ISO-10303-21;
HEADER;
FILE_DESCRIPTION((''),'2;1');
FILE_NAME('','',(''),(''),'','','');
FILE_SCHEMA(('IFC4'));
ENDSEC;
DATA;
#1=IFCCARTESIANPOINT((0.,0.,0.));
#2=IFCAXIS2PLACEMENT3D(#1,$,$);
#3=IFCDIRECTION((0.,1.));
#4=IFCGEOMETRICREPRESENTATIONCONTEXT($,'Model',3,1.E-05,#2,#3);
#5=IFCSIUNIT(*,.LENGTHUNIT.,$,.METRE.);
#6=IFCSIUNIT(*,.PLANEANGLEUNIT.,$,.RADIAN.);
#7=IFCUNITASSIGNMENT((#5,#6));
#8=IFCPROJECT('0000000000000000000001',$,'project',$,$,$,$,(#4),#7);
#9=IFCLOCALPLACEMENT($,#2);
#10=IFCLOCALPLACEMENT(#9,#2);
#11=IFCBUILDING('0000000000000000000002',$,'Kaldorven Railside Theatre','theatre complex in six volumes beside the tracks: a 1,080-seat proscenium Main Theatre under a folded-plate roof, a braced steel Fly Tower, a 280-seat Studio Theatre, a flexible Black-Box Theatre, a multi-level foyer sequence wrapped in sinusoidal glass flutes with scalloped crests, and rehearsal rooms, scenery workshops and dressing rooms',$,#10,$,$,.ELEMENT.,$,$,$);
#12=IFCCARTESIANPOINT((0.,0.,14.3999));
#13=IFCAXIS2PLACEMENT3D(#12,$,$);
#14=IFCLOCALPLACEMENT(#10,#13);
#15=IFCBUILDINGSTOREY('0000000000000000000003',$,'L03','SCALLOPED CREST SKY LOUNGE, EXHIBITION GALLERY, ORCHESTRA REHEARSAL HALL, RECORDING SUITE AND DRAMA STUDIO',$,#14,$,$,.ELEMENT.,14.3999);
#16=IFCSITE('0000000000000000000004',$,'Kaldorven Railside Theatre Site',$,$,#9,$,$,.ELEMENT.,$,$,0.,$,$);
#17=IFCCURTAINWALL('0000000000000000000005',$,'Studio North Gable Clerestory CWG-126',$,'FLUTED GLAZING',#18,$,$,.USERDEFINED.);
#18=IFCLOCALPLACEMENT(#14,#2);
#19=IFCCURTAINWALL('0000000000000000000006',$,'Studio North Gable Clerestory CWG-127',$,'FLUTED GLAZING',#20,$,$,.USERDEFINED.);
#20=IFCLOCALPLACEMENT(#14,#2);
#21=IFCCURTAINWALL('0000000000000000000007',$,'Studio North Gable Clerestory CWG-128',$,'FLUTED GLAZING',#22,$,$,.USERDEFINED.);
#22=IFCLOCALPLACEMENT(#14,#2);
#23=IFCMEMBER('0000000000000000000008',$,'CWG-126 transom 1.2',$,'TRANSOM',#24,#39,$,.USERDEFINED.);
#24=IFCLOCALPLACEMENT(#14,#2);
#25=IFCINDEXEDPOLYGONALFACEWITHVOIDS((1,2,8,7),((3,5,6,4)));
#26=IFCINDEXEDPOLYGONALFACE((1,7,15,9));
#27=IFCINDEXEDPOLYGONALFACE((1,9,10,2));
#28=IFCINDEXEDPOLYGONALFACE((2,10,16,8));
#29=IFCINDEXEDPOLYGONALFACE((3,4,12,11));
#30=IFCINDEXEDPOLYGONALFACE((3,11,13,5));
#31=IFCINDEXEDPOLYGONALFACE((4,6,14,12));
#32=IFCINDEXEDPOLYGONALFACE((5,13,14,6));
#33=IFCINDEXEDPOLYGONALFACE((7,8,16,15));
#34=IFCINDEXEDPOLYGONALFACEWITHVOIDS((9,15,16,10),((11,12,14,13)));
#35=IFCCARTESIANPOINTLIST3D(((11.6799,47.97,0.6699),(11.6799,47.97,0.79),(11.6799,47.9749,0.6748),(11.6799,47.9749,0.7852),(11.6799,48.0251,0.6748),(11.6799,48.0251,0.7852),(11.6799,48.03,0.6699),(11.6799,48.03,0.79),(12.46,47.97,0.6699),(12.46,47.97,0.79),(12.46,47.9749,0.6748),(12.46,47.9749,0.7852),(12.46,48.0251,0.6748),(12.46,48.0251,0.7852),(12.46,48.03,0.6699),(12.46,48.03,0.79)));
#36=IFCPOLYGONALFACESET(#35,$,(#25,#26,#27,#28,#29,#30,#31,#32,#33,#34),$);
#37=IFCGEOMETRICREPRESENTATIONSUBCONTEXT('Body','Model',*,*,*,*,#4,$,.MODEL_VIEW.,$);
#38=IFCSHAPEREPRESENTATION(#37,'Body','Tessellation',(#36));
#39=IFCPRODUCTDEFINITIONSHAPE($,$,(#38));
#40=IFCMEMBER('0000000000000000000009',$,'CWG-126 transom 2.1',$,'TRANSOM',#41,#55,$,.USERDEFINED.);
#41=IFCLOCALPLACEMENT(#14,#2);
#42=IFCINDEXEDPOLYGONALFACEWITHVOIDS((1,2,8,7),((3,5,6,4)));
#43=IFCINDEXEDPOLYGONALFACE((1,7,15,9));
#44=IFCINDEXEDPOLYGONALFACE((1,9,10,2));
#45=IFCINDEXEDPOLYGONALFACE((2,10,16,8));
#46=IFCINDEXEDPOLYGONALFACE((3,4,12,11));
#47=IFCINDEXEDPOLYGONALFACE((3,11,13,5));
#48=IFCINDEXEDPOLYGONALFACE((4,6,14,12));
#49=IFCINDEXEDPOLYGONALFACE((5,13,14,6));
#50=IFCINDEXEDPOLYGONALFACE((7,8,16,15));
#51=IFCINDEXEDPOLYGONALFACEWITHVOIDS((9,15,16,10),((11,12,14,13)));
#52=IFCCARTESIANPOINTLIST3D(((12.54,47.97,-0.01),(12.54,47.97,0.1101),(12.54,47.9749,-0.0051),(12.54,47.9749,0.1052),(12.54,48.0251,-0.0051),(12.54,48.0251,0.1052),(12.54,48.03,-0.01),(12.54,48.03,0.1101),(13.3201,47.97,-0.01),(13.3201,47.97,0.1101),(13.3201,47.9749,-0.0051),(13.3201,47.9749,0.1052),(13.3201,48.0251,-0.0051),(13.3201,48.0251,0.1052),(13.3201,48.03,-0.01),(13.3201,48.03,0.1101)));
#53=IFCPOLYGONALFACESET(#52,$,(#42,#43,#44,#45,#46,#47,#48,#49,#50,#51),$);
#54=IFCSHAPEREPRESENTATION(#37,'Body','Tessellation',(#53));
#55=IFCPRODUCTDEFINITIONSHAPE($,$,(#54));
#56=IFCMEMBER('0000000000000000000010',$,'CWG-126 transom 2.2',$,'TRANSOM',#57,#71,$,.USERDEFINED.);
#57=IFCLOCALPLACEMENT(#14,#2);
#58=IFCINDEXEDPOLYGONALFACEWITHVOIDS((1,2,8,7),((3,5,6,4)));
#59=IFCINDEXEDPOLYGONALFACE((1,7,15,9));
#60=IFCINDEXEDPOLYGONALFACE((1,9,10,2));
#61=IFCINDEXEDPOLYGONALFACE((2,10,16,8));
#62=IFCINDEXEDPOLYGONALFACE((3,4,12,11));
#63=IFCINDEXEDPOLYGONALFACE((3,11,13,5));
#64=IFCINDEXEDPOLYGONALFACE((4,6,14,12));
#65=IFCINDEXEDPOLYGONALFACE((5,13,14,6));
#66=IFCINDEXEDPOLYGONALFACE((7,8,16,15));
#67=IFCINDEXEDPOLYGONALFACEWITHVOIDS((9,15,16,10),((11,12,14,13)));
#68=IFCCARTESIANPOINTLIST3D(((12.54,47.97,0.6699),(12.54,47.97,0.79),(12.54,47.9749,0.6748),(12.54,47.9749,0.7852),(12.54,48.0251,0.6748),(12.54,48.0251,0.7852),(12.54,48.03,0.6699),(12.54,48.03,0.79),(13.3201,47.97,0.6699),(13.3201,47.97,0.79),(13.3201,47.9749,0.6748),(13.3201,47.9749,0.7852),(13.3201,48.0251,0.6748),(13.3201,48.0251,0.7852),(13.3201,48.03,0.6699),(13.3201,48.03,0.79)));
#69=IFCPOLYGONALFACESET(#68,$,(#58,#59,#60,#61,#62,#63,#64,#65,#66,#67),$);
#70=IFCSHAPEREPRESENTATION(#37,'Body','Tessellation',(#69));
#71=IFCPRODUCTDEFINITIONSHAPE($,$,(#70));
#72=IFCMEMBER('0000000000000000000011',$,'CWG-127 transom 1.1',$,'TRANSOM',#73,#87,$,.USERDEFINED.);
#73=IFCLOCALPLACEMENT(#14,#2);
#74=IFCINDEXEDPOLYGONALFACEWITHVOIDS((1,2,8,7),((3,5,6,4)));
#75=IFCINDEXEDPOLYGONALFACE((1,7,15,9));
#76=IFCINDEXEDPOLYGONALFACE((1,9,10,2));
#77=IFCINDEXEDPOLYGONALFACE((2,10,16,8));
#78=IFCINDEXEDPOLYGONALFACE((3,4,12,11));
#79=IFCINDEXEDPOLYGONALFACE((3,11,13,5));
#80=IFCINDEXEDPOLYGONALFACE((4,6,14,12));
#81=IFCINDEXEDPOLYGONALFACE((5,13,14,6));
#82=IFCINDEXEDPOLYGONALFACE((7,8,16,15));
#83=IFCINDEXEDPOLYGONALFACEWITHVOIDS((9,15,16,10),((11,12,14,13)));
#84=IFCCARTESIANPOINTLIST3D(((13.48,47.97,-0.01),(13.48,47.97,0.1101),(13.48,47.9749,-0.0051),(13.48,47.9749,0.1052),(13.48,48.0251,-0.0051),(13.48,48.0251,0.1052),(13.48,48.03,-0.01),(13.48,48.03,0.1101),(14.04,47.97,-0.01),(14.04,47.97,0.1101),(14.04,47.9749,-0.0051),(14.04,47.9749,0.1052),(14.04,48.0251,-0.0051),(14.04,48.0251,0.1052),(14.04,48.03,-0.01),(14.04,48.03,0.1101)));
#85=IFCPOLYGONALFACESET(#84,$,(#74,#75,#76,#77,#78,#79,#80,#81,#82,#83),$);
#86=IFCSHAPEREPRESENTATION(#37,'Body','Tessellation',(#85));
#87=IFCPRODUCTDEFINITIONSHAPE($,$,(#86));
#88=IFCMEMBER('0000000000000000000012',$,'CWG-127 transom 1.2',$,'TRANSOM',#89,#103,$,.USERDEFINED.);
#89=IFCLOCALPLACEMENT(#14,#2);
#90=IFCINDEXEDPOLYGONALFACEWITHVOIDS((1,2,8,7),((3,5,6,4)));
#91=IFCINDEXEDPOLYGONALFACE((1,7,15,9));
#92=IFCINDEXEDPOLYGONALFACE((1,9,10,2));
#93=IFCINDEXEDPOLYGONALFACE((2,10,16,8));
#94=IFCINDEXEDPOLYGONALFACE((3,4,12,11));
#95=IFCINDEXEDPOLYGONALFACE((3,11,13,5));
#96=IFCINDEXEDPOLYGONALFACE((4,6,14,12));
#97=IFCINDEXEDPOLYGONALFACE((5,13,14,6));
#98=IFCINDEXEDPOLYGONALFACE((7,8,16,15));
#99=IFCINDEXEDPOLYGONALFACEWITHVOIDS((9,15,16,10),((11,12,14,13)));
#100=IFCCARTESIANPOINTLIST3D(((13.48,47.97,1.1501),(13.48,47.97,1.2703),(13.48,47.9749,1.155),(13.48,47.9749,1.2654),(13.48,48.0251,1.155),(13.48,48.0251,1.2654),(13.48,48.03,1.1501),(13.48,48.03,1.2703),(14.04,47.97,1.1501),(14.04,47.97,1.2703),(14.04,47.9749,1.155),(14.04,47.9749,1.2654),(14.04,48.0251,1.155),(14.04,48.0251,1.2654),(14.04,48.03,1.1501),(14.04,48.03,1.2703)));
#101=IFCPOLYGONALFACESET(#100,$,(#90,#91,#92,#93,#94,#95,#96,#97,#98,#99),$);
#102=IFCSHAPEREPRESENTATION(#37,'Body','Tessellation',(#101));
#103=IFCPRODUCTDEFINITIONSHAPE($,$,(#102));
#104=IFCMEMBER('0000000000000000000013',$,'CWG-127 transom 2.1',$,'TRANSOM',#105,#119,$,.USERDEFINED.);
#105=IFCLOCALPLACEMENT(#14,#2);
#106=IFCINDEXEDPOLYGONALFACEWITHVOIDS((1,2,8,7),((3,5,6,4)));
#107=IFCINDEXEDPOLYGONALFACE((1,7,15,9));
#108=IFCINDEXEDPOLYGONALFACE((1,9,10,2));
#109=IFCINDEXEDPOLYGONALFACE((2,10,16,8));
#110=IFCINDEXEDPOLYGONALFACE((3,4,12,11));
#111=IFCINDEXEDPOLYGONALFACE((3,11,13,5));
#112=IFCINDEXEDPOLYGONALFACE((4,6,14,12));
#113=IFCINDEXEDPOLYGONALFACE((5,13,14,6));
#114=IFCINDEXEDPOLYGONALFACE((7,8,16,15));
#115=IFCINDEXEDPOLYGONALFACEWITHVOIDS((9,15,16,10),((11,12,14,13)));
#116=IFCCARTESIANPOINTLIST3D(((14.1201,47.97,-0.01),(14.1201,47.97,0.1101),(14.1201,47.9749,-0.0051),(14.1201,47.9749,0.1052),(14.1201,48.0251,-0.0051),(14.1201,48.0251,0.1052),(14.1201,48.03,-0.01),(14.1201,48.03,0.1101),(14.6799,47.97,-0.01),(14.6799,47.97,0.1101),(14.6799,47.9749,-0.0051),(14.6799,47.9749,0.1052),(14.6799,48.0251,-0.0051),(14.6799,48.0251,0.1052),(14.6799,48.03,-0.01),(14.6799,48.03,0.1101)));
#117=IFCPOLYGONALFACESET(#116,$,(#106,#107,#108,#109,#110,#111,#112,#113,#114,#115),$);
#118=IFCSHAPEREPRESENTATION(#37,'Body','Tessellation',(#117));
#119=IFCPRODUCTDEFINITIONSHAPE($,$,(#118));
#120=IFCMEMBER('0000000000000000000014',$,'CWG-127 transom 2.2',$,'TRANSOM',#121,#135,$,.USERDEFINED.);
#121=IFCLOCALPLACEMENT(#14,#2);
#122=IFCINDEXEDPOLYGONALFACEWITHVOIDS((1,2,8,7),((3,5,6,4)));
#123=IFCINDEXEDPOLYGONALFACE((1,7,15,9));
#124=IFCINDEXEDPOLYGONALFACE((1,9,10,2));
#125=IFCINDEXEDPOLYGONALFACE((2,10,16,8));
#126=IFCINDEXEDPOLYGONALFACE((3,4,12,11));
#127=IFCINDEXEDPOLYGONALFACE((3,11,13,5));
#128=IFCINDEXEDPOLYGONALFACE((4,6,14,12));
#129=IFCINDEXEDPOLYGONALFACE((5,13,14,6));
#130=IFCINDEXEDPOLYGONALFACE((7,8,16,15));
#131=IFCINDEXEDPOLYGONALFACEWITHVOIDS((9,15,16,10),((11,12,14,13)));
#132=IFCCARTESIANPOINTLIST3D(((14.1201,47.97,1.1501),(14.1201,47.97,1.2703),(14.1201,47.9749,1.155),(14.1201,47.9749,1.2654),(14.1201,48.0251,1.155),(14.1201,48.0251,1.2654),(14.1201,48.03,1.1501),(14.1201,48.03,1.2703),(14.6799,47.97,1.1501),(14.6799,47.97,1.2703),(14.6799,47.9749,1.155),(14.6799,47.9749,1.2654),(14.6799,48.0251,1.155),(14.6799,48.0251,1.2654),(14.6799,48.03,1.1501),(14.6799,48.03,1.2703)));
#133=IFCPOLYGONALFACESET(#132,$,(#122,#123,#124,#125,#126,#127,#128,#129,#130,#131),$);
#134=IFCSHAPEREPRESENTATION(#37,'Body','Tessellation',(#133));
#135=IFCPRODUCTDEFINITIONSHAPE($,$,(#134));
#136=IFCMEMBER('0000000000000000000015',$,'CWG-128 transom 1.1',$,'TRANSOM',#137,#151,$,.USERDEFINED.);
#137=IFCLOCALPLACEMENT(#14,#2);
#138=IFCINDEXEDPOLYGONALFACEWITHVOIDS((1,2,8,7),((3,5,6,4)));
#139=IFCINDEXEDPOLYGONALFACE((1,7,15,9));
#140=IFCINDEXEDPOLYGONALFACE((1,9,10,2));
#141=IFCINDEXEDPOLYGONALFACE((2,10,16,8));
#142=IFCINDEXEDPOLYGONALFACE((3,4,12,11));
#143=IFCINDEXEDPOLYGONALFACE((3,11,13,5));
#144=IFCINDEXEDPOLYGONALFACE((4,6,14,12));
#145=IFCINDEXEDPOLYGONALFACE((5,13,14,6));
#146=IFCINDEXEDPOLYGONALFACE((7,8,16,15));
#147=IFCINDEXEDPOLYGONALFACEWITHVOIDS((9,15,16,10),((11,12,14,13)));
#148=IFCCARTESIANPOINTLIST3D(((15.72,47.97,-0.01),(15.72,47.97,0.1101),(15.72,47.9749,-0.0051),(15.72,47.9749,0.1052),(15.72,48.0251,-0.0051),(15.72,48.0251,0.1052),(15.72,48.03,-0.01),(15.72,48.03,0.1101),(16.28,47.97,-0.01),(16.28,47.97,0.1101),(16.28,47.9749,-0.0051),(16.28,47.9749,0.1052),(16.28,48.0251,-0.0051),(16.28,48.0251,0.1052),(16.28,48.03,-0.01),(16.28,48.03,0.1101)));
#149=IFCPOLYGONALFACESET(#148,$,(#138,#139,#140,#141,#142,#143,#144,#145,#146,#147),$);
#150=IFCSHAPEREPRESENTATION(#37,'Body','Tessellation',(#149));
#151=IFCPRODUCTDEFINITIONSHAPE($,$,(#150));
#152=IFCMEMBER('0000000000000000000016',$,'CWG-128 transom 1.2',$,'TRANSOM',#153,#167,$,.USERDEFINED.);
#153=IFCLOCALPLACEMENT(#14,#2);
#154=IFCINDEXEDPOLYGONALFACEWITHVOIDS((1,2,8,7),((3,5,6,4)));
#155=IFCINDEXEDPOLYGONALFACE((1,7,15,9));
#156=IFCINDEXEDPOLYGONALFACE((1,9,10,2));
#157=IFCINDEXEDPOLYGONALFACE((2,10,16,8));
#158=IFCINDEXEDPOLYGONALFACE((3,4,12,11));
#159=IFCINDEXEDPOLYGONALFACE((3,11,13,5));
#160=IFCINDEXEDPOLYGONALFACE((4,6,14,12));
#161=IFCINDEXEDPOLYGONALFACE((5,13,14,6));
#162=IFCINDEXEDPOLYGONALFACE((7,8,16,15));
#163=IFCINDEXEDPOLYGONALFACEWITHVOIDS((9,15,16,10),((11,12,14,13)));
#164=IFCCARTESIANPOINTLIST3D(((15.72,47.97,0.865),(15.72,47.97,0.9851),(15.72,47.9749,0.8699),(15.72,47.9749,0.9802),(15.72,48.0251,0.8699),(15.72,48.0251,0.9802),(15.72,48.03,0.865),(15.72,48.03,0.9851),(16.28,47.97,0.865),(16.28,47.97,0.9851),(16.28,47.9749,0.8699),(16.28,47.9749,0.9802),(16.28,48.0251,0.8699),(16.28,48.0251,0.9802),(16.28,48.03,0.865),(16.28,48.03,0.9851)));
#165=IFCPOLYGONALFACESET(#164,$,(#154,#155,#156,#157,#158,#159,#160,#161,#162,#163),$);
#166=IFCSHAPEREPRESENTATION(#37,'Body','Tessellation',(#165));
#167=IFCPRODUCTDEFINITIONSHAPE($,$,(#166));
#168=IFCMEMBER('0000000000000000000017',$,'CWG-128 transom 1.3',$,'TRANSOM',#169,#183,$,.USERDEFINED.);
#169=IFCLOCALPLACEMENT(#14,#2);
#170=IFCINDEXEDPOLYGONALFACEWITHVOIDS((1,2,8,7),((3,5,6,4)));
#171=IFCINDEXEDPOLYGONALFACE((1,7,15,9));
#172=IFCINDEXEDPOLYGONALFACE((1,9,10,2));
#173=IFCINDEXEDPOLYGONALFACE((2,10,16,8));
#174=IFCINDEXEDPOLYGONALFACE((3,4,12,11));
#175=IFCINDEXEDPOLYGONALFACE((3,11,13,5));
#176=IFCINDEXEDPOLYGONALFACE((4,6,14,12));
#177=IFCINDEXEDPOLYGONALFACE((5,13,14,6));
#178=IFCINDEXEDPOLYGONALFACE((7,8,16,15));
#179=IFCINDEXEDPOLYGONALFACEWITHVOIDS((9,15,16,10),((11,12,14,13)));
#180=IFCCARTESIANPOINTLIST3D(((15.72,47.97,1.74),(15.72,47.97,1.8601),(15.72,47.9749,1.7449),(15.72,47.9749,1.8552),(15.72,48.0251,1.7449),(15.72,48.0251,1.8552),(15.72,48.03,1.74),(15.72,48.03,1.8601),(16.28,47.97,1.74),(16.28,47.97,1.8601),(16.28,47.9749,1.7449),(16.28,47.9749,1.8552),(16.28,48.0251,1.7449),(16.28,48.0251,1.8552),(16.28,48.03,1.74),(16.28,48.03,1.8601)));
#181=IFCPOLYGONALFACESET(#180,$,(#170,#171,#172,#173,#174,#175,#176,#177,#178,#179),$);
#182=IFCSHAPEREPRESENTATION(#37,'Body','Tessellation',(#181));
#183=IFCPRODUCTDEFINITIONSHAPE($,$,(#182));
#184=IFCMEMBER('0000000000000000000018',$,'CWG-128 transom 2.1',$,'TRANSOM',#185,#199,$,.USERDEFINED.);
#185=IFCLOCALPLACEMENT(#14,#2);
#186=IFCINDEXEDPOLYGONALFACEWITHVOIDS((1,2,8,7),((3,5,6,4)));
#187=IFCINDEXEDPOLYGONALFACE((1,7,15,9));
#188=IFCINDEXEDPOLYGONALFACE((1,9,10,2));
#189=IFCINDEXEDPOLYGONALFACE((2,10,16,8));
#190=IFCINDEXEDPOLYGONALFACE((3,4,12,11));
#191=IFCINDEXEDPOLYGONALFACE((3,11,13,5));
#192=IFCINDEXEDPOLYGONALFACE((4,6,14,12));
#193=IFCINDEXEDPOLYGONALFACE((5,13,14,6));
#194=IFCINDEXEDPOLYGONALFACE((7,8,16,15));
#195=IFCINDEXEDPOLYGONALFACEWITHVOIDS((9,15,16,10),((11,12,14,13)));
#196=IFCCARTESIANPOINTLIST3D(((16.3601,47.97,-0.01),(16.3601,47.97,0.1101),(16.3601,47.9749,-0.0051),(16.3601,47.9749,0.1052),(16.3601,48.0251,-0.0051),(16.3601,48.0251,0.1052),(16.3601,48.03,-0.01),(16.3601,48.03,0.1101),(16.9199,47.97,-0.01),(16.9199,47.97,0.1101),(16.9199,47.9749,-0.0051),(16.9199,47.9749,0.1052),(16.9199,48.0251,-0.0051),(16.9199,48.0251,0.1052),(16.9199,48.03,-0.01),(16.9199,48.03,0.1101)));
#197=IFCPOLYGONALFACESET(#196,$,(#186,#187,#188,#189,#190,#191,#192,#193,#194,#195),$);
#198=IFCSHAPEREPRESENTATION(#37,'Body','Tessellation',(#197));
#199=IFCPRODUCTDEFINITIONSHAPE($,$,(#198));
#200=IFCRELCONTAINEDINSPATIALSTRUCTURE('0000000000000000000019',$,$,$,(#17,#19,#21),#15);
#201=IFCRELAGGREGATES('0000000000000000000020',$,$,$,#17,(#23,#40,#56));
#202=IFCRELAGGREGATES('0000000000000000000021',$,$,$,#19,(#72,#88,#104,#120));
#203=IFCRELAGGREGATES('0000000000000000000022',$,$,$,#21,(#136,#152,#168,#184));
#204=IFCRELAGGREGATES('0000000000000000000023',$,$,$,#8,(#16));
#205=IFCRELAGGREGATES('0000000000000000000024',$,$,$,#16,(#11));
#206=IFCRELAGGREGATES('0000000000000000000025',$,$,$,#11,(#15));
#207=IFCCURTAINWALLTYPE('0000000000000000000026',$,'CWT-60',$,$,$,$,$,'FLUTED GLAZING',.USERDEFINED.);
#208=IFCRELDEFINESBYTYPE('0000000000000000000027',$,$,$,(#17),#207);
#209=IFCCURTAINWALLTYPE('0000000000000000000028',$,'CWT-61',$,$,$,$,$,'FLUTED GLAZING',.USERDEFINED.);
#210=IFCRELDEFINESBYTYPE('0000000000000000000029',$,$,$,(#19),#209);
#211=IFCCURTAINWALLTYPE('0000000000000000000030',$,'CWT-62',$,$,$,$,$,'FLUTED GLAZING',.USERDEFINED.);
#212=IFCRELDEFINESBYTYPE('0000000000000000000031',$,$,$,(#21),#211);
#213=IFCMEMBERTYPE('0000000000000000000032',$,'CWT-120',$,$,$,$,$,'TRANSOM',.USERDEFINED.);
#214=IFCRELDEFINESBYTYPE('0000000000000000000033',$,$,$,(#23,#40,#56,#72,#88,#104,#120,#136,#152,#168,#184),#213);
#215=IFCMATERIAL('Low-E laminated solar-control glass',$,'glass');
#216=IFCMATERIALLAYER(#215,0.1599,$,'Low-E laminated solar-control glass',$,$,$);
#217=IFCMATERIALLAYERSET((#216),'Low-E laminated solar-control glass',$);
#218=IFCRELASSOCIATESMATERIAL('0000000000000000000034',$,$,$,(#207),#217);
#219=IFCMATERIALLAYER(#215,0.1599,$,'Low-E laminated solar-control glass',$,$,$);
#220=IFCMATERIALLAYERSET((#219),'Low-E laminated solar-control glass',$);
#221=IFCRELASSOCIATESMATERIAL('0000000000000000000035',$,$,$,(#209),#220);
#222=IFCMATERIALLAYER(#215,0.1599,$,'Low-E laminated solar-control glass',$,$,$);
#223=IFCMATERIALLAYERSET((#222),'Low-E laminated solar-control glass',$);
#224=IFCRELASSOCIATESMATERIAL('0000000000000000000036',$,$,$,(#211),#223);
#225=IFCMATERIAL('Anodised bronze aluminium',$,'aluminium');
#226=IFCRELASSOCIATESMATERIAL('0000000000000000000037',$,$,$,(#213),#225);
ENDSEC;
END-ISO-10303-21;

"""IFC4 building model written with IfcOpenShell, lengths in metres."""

from ifc_helpers import new_model, si_unit, direction, frame, origin, origin_2d, place, context, subcontext, project, spatial, hollow_rectangle, extrude, material, layer, layer_set, material_profile, profile_set, type_object, element, aggregate, save


model = new_model("IFC4")

# Units and contexts
model_context = context("Model", 3, precision=1e-05, world=origin(), true_north=direction((0.0, 1.0)))
body_context = subcontext(model_context, "Body", "Model", "MODEL_VIEW")
ifc_project = project(units=[si_unit("LENGTHUNIT", "METRE"), si_unit("PLANEANGLEUNIT", "RADIAN")], contexts=[model_context])

# Site, building, storey
site_placement = place(None, origin())
site = spatial("IfcSite", under=ifc_project, at=site_placement, Name="Kaldorven Railside Theatre Site", CompositionType="ELEMENT", RefElevation=0.0)
building_placement = place(site_placement, origin())
building = spatial("IfcBuilding", under=site, at=building_placement, Name="Kaldorven Railside Theatre", Description="theatre complex in six volumes beside the tracks: a 1,080-seat proscenium Main Theatre under a folded-plate roof, a braced steel Fly Tower, a 280-seat Studio Theatre, a flexible Black-Box Theatre, a multi-level foyer sequence wrapped in sinusoidal glass flutes with scalloped crests, and rehearsal rooms, scenery workshops and dressing rooms", CompositionType="ELEMENT")
storey_placement = place(building_placement, frame((0.0, 0.0, 14.3999)))
storey = spatial("IfcBuildingStorey", under=building, at=storey_placement, Name="L03", Description="SCALLOPED CREST SKY LOUNGE, EXHIBITION GALLERY, ORCHESTRA REHEARSAL HALL, RECORDING SUITE AND DRAMA STUDIO", CompositionType="ELEMENT", Elevation=14.3999)

# Curtain walls
ifc_material_1 = material(Name="Low-E laminated solar-control glass", Category="glass")
ifc_layer_1 = layer(ifc_material_1, 0.1599, Name="Low-E laminated solar-control glass")
ifc_layer_set_1 = layer_set([ifc_layer_1], Name="Low-E laminated solar-control glass")
curtain_wall_type_1 = type_object("IfcCurtainWallType", Name="CWT-60", ElementType="FLUTED GLAZING", PredefinedType="USERDEFINED", material=ifc_layer_set_1)
curtain_wall_1_placement = place(storey_placement, origin())
curtain_wall_1 = element("IfcCurtainWall", 1, at=curtain_wall_1_placement, inside=storey, type_object=curtain_wall_type_1, Name="Studio North Gable Clerestory CWG-126", ObjectType="FLUTED GLAZING", PredefinedType="USERDEFINED")
ifc_material_2 = material(Name="Anodised bronze aluminium", Category="aluminium")
ifc_layer_2 = layer(ifc_material_1, 0.1599, Name="Low-E laminated solar-control glass")
ifc_layer_set_2 = layer_set([ifc_layer_2], Name="Low-E laminated solar-control glass")
curtain_wall_type_2 = type_object("IfcCurtainWallType", Name="CWT-61", ElementType="FLUTED GLAZING", PredefinedType="USERDEFINED", material=ifc_layer_set_2)
curtain_wall_2_placement = place(storey_placement, origin())
curtain_wall_2 = element("IfcCurtainWall", 2, at=curtain_wall_2_placement, inside=storey, type_object=curtain_wall_type_2, Name="Studio North Gable Clerestory CWG-127", ObjectType="FLUTED GLAZING", PredefinedType="USERDEFINED")
ifc_layer_3 = layer(ifc_material_1, 0.1599, Name="Low-E laminated solar-control glass")
ifc_layer_set_3 = layer_set([ifc_layer_3], Name="Low-E laminated solar-control glass")
curtain_wall_type_3 = type_object("IfcCurtainWallType", Name="CWT-62", ElementType="FLUTED GLAZING", PredefinedType="USERDEFINED", material=ifc_layer_set_3)
curtain_wall_3_placement = place(storey_placement, origin())
curtain_wall_3 = element("IfcCurtainWall", 3, at=curtain_wall_3_placement, inside=storey, type_object=curtain_wall_type_3, Name="Studio North Gable Clerestory CWG-128", ObjectType="FLUTED GLAZING", PredefinedType="USERDEFINED")

# Members
ifc_material_profile_1 = material_profile(ifc_material_2, hollow_rectangle(XDim=0.0601, YDim=0.1201, WallThickness=0.0049, at=origin_2d()), Name="RHS 120x60x5")
ifc_profile_set_1 = profile_set([ifc_material_profile_1], Name="Anodised bronze aluminium")
member_type_1 = type_object("IfcMemberType", Name="CWT-120", ElementType="TRANSOM", PredefinedType="USERDEFINED", material=ifc_profile_set_1)
member_1_placement = place(storey_placement, frame((11.6799, 48.0, 0.73), z_axis=(1.0, 0.0, 0.0), x_axis=(0.0, 1.0, 0.0)))
member_1 = element("IfcMember", 4, at=member_1_placement, type_object=member_type_1, Name="CWG-126 transom 1.2", ObjectType="TRANSOM", PredefinedType="USERDEFINED", context=body_context, shape_type="SweptSolid", body=[
    extrude(hollow_rectangle(XDim=0.0601, YDim=0.1201, WallThickness=0.0049, at=origin_2d()), origin(), (0.0, 0.0, 1.0), 0.78),
])
member_2_placement = place(storey_placement, frame((12.54, 48.0, 0.05), z_axis=(1.0, 0.0, 0.0), x_axis=(0.0, 1.0, 0.0)))
member_2 = element("IfcMember", 5, at=member_2_placement, type_object=member_type_1, Name="CWG-126 transom 2.1", ObjectType="TRANSOM", PredefinedType="USERDEFINED", context=body_context, shape_type="SweptSolid", body=[
    extrude(hollow_rectangle(XDim=0.0601, YDim=0.1201, WallThickness=0.0049, at=origin_2d()), origin(), (0.0, 0.0, 1.0), 0.78),
])
member_3_placement = place(storey_placement, frame((12.54, 48.0, 0.73), z_axis=(1.0, 0.0, 0.0), x_axis=(0.0, 1.0, 0.0)))
member_3 = element("IfcMember", 6, at=member_3_placement, type_object=member_type_1, Name="CWG-126 transom 2.2", ObjectType="TRANSOM", PredefinedType="USERDEFINED", context=body_context, shape_type="SweptSolid", body=[
    extrude(hollow_rectangle(XDim=0.0601, YDim=0.1201, WallThickness=0.0049, at=origin_2d()), origin(), (0.0, 0.0, 1.0), 0.78),
])
member_4_placement = place(storey_placement, frame((13.48, 48.0, 0.05), z_axis=(1.0, 0.0, 0.0), x_axis=(0.0, 1.0, 0.0)))
member_4 = element("IfcMember", 7, at=member_4_placement, type_object=member_type_1, Name="CWG-127 transom 1.1", ObjectType="TRANSOM", PredefinedType="USERDEFINED", context=body_context, shape_type="SweptSolid", body=[
    extrude(hollow_rectangle(XDim=0.0601, YDim=0.1201, WallThickness=0.0049, at=origin_2d()), origin(), (0.0, 0.0, 1.0), 0.5601),
])
member_5_placement = place(storey_placement, frame((13.48, 48.0, 1.2102), z_axis=(1.0, 0.0, 0.0), x_axis=(0.0, 1.0, 0.0)))
member_5 = element("IfcMember", 8, at=member_5_placement, type_object=member_type_1, Name="CWG-127 transom 1.2", ObjectType="TRANSOM", PredefinedType="USERDEFINED", context=body_context, shape_type="SweptSolid", body=[
    extrude(hollow_rectangle(XDim=0.0601, YDim=0.1201, WallThickness=0.0049, at=origin_2d()), origin(), (0.0, 0.0, 1.0), 0.5601),
])
member_6_placement = place(storey_placement, frame((14.1201, 48.0, 0.05), z_axis=(1.0, 0.0, 0.0), x_axis=(0.0, 1.0, 0.0)))
member_6 = element("IfcMember", 9, at=member_6_placement, type_object=member_type_1, Name="CWG-127 transom 2.1", ObjectType="TRANSOM", PredefinedType="USERDEFINED", context=body_context, shape_type="SweptSolid", body=[
    extrude(hollow_rectangle(XDim=0.0601, YDim=0.1201, WallThickness=0.0049, at=origin_2d()), origin(), (0.0, 0.0, 1.0), 0.5598),
])
member_7_placement = place(storey_placement, frame((14.1201, 48.0, 1.2102), z_axis=(1.0, 0.0, 0.0), x_axis=(0.0, 1.0, 0.0)))
member_7 = element("IfcMember", 10, at=member_7_placement, type_object=member_type_1, Name="CWG-127 transom 2.2", ObjectType="TRANSOM", PredefinedType="USERDEFINED", context=body_context, shape_type="SweptSolid", body=[
    extrude(hollow_rectangle(XDim=0.0601, YDim=0.1201, WallThickness=0.0049, at=origin_2d()), origin(), (0.0, 0.0, 1.0), 0.5598),
])
member_8_placement = place(storey_placement, frame((15.72, 48.0, 0.05), z_axis=(1.0, 0.0, 0.0), x_axis=(0.0, 1.0, 0.0)))
member_8 = element("IfcMember", 11, at=member_8_placement, type_object=member_type_1, Name="CWG-128 transom 1.1", ObjectType="TRANSOM", PredefinedType="USERDEFINED", context=body_context, shape_type="SweptSolid", body=[
    extrude(hollow_rectangle(XDim=0.0601, YDim=0.1201, WallThickness=0.0049, at=origin_2d()), origin(), (0.0, 0.0, 1.0), 0.5601),
])
member_9_placement = place(storey_placement, frame((15.72, 48.0, 0.925), z_axis=(1.0, 0.0, 0.0), x_axis=(0.0, 1.0, 0.0)))
member_9 = element("IfcMember", 12, at=member_9_placement, type_object=member_type_1, Name="CWG-128 transom 1.2", ObjectType="TRANSOM", PredefinedType="USERDEFINED", context=body_context, shape_type="SweptSolid", body=[
    extrude(hollow_rectangle(XDim=0.0601, YDim=0.1201, WallThickness=0.0049, at=origin_2d()), origin(), (0.0, 0.0, 1.0), 0.5601),
])
member_10_placement = place(storey_placement, frame((15.72, 48.0, 1.8), z_axis=(1.0, 0.0, 0.0), x_axis=(0.0, 1.0, 0.0)))
member_10 = element("IfcMember", 13, at=member_10_placement, type_object=member_type_1, Name="CWG-128 transom 1.3", ObjectType="TRANSOM", PredefinedType="USERDEFINED", context=body_context, shape_type="SweptSolid", body=[
    extrude(hollow_rectangle(XDim=0.0601, YDim=0.1201, WallThickness=0.0049, at=origin_2d()), origin(), (0.0, 0.0, 1.0), 0.5601),
])
member_11_placement = place(storey_placement, frame((16.3601, 48.0, 0.05), z_axis=(1.0, 0.0, 0.0), x_axis=(0.0, 1.0, 0.0)))
member_11 = element("IfcMember", 14, at=member_11_placement, type_object=member_type_1, Name="CWG-128 transom 2.1", ObjectType="TRANSOM", PredefinedType="USERDEFINED", context=body_context, shape_type="SweptSolid", body=[
    extrude(hollow_rectangle(XDim=0.0601, YDim=0.1201, WallThickness=0.0049, at=origin_2d()), origin(), (0.0, 0.0, 1.0), 0.5598),
])

aggregate(curtain_wall_1, [member_1, member_2, member_3])
aggregate(curtain_wall_2, [member_4, member_5, member_6, member_7])
aggregate(curtain_wall_3, [member_8, member_9, member_10, member_11])

save(model, "model.ifc")
